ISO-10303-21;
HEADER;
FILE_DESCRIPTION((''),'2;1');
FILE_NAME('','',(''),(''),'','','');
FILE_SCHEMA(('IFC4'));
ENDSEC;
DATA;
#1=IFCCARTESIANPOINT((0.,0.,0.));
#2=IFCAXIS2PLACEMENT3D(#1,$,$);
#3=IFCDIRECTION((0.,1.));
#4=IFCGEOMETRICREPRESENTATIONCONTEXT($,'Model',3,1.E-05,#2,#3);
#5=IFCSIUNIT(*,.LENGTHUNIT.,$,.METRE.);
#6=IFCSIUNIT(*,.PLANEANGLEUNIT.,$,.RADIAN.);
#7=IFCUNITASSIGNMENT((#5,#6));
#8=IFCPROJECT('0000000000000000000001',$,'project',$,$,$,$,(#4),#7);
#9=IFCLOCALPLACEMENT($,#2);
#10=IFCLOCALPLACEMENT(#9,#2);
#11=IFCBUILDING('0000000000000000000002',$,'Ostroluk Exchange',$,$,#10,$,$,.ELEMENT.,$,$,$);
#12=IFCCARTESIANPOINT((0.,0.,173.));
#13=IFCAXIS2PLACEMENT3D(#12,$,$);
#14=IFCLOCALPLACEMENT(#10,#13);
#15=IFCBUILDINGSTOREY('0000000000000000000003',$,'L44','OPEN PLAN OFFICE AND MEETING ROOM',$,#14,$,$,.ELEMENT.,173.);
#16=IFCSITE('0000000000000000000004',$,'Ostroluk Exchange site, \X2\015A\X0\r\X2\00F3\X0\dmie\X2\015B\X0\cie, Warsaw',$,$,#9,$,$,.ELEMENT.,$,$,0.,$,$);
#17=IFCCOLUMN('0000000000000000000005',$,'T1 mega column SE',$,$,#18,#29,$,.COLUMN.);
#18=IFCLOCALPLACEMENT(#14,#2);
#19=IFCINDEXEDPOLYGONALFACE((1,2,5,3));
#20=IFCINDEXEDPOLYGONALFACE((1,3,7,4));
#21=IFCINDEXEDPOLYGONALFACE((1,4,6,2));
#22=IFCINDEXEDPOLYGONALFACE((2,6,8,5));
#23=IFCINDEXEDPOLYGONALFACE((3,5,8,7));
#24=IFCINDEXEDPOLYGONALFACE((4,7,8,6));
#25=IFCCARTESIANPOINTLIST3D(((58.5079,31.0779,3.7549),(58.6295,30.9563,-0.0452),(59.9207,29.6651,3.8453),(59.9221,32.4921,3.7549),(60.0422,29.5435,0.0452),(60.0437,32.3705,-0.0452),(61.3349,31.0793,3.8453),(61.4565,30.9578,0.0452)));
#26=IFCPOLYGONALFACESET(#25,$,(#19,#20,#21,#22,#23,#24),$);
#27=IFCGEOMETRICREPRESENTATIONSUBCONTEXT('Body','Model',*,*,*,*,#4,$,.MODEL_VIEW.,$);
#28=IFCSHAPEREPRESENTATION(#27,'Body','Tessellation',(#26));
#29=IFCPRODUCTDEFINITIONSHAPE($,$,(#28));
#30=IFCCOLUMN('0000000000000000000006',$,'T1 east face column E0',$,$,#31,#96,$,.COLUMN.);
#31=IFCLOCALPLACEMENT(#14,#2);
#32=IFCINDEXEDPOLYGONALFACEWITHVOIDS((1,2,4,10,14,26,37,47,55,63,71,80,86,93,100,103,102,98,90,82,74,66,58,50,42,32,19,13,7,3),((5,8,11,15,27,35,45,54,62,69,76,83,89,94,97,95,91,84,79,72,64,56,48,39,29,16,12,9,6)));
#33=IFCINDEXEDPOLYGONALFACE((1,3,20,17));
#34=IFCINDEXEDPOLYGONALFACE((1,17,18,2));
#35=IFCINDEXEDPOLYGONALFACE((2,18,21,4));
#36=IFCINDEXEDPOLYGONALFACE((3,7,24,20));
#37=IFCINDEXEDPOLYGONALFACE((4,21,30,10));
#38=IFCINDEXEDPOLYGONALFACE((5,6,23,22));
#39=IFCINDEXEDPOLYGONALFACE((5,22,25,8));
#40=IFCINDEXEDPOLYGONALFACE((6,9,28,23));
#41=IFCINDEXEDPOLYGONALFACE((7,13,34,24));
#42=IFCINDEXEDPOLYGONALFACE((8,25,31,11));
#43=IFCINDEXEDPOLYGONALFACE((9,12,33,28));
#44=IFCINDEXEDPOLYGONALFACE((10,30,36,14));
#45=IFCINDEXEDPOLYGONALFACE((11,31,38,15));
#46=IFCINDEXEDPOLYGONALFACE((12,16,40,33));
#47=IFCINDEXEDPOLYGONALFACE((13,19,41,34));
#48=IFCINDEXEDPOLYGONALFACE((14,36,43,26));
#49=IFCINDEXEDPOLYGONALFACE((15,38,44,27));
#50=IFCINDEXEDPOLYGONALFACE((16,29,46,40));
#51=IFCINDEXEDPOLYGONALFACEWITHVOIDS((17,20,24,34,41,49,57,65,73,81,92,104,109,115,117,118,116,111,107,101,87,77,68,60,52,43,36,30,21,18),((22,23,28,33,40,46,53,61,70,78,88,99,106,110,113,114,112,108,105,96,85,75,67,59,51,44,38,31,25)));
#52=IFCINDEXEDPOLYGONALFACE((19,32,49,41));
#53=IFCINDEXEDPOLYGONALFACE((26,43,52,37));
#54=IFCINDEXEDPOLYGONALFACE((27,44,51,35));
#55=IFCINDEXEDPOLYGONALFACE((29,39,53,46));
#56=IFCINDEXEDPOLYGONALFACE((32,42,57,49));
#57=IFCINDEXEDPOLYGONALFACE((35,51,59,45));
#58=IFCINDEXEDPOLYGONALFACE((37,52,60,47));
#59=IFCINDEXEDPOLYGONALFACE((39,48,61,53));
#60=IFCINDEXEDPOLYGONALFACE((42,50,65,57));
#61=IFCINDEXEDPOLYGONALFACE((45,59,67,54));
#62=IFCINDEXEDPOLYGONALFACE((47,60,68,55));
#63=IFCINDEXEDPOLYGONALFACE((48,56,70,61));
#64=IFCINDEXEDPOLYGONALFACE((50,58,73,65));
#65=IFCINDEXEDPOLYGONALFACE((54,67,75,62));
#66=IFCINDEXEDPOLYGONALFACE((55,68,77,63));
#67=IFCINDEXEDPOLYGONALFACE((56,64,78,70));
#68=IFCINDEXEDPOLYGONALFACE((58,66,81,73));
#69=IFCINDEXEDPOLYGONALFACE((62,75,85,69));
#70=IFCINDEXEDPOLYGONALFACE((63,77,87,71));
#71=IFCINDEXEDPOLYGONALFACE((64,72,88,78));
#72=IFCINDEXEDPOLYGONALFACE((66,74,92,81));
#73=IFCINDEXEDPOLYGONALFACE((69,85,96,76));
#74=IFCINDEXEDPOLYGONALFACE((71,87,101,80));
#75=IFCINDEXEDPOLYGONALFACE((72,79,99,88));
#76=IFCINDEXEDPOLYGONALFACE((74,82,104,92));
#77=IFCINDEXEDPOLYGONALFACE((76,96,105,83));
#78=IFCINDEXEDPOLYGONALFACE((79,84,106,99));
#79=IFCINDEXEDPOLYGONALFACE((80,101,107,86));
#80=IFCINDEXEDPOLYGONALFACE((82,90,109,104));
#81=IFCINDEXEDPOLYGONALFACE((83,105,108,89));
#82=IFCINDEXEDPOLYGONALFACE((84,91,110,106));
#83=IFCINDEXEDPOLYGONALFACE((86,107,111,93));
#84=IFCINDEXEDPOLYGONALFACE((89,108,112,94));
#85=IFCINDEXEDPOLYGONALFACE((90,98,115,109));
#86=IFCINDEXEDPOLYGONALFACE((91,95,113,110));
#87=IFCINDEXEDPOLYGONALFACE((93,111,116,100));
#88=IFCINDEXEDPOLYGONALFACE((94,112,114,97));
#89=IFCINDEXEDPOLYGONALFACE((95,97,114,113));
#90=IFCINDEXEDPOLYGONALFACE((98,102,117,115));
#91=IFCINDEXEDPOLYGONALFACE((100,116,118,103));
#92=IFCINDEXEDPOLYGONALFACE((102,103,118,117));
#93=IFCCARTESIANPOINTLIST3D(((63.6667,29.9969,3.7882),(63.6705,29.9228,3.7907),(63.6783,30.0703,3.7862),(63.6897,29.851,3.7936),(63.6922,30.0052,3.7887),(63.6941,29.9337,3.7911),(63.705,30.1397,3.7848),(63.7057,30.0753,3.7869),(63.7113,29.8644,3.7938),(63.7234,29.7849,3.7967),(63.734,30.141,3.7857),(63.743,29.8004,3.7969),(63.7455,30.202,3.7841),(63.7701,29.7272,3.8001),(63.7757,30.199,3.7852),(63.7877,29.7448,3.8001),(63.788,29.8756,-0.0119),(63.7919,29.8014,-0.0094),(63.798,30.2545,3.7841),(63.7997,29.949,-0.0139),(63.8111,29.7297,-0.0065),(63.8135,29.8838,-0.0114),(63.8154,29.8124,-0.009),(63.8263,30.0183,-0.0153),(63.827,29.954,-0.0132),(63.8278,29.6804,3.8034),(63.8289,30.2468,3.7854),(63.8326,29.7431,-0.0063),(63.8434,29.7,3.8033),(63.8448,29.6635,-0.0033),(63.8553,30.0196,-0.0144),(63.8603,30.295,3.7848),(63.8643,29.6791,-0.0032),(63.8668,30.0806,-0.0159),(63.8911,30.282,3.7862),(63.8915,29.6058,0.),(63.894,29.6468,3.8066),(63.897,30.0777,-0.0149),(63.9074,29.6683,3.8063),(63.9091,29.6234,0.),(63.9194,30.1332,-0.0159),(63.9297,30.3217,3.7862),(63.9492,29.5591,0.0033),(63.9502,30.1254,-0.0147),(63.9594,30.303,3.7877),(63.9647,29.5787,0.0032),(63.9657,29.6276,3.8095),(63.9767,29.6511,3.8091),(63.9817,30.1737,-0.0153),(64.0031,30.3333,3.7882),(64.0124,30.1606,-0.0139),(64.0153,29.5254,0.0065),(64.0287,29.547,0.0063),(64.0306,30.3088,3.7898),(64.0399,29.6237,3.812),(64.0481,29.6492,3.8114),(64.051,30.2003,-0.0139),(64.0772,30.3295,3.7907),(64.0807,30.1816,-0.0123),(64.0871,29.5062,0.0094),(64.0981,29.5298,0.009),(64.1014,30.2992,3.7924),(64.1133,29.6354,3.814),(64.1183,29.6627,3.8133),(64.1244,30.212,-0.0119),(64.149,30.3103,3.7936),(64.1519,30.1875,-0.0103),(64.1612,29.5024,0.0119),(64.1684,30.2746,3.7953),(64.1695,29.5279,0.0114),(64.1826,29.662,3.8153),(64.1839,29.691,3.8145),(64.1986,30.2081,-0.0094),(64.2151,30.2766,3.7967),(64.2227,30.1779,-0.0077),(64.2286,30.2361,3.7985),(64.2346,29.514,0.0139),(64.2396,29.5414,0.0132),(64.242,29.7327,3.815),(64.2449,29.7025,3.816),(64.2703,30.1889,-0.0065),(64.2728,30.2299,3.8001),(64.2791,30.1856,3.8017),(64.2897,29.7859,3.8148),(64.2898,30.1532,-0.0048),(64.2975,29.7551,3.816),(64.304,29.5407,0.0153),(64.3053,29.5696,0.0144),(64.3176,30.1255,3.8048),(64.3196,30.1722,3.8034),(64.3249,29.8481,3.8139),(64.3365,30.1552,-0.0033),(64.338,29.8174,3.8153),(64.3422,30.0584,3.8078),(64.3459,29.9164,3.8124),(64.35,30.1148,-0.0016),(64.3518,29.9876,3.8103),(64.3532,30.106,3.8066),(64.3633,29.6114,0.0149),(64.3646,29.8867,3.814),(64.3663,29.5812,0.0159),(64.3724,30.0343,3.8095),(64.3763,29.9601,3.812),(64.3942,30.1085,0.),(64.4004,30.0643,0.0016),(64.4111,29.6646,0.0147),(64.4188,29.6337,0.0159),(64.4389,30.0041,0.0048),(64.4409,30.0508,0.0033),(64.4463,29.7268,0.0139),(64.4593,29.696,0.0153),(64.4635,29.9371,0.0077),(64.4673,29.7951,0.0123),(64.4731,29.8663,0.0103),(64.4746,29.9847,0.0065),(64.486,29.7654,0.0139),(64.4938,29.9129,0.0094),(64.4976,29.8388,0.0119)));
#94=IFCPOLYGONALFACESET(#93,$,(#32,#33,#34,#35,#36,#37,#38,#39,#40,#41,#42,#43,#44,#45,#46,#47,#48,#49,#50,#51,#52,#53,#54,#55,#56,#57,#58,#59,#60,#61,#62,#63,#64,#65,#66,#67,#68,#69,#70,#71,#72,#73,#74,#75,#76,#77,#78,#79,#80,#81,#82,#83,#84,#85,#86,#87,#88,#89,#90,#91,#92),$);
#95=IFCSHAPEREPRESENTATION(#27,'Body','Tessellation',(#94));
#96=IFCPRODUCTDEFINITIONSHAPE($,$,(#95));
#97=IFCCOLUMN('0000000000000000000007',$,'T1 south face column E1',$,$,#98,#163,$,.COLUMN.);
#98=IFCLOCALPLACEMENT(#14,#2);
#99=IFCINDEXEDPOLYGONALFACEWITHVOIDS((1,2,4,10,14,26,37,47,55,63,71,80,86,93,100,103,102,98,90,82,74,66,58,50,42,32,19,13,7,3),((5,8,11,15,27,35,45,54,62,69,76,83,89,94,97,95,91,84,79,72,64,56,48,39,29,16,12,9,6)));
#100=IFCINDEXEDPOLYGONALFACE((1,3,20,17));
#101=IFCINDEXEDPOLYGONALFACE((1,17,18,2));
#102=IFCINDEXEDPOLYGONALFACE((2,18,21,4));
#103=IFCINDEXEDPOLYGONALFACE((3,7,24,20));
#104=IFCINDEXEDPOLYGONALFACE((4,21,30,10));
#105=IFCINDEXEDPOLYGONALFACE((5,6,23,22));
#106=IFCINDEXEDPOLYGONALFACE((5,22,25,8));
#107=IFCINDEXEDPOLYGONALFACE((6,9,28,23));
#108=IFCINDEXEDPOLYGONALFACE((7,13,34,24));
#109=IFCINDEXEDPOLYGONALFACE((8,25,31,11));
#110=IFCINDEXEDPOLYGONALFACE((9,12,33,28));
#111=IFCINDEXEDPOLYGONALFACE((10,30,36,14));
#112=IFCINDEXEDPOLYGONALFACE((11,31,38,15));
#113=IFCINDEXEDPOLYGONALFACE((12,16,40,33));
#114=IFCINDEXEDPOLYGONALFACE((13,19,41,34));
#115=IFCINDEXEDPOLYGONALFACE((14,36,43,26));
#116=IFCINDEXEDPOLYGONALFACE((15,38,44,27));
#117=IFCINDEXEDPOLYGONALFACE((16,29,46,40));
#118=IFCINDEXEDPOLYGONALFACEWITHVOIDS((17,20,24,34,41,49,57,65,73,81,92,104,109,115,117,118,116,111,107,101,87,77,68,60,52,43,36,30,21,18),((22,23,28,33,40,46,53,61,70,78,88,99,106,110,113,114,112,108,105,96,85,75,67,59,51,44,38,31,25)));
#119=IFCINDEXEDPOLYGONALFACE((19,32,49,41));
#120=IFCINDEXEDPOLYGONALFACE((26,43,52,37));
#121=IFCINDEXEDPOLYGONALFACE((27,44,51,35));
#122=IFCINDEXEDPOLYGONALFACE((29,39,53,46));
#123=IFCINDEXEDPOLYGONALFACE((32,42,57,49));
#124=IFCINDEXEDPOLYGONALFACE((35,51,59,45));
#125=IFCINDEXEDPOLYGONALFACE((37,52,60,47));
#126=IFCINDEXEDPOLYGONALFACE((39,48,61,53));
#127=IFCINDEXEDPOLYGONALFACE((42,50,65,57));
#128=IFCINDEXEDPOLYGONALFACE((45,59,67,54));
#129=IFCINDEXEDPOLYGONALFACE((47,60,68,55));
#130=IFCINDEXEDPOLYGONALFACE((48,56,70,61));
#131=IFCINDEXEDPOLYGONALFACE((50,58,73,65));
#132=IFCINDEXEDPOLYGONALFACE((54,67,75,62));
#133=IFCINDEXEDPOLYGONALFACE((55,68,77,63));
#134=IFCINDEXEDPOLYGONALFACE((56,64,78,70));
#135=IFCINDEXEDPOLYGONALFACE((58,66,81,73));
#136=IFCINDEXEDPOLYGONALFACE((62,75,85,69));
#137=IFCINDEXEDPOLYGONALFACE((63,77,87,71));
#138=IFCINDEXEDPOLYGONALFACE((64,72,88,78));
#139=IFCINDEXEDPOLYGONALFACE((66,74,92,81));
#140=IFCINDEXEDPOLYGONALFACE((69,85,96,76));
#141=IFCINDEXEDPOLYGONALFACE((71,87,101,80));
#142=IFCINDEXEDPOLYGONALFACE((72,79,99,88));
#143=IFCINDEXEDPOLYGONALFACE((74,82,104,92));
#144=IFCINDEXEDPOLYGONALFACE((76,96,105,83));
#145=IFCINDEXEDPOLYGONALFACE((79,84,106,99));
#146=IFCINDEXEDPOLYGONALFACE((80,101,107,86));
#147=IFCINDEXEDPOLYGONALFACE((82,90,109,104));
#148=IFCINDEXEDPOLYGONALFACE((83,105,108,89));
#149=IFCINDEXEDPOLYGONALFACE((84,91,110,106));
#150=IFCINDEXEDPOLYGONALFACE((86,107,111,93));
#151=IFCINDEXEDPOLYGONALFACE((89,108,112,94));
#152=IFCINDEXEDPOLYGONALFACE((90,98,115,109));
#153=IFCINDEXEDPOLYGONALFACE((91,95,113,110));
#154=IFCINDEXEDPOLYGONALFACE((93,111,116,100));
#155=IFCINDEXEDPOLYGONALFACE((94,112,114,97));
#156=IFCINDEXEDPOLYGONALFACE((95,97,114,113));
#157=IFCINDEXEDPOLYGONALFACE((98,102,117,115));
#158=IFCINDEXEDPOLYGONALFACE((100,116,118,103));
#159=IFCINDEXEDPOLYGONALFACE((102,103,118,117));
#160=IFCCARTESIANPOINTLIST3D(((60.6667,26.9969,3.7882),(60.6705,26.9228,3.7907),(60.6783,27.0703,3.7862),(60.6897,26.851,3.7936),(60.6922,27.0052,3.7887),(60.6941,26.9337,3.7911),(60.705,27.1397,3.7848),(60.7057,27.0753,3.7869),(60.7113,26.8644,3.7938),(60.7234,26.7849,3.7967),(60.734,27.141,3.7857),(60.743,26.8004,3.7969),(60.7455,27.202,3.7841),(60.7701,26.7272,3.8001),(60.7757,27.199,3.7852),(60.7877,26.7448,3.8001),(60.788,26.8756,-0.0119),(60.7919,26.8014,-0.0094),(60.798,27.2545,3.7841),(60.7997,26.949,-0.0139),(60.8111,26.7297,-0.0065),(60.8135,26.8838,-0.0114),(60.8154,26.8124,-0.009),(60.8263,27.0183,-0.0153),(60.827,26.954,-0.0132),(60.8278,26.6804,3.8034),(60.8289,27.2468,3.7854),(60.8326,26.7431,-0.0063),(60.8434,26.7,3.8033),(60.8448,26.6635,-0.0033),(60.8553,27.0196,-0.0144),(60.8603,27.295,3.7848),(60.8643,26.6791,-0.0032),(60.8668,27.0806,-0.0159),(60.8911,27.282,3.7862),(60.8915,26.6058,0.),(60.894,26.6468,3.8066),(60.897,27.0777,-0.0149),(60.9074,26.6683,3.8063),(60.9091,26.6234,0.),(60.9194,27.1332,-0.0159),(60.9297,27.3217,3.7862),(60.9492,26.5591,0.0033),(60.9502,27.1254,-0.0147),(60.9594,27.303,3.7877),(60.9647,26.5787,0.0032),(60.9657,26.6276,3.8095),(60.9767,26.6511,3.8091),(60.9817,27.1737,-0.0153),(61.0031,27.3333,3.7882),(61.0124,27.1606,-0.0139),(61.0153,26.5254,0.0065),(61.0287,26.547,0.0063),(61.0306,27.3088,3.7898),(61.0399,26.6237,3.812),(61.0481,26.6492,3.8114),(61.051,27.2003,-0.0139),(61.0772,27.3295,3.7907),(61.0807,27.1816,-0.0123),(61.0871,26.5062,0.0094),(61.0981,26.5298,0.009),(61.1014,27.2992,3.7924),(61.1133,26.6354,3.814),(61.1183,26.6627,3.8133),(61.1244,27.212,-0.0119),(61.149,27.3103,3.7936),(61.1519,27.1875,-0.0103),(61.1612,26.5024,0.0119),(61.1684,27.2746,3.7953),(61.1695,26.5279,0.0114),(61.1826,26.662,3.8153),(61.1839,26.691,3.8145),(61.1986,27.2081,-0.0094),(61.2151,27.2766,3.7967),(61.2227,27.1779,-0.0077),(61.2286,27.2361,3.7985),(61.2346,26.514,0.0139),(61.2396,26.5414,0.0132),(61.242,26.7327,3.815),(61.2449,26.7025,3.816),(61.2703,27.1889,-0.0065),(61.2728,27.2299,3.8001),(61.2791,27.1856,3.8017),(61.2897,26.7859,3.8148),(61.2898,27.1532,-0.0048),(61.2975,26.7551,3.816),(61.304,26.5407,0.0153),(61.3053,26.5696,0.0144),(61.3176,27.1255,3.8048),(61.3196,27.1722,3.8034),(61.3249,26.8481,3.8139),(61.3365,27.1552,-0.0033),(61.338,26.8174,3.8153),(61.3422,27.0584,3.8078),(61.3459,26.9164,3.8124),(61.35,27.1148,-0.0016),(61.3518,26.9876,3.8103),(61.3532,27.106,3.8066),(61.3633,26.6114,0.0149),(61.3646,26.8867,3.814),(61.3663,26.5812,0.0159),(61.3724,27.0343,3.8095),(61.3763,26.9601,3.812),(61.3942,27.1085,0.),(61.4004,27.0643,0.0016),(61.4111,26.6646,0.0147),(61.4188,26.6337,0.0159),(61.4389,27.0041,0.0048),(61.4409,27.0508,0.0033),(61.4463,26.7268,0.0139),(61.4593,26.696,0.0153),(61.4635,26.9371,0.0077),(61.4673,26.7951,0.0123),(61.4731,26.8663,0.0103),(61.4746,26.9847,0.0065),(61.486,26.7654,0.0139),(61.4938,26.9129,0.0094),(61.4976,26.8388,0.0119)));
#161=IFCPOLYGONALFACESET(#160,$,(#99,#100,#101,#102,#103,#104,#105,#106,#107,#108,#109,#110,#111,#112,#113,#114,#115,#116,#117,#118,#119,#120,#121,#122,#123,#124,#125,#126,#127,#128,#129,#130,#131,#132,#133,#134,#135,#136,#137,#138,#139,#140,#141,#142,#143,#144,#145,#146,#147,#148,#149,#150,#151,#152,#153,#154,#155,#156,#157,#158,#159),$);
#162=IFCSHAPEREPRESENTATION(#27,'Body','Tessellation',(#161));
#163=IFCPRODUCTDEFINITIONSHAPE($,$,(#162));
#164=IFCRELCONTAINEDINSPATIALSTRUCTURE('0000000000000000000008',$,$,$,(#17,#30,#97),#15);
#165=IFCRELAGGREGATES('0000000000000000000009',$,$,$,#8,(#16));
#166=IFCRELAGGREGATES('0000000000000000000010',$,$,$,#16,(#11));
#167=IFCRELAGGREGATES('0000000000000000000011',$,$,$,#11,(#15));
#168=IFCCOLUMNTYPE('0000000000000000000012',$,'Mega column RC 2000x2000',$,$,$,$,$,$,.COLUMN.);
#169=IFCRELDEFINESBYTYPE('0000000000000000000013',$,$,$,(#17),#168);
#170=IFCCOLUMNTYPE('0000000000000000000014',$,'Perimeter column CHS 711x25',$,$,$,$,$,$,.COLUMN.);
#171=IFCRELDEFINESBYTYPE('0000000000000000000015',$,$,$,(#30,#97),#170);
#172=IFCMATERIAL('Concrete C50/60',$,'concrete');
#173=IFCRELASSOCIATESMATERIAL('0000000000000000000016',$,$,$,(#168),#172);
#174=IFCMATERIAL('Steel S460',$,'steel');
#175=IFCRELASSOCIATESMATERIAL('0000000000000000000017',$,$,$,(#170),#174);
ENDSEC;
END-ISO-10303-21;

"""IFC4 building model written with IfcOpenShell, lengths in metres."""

from ifc_helpers import new_model, si_unit, direction, frame, origin, origin_2d, place, context, subcontext, project, spatial, rectangle, hollow_circle, extrude, material, material_profile, profile_set, type_object, element, save


model = new_model("IFC4")

# Units and contexts
model_context = context("Model", 3, precision=1e-05, world=origin(), true_north=direction((0.0, 1.0)))
body_context = subcontext(model_context, "Body", "Model", "MODEL_VIEW")
ifc_project = project(units=[si_unit("LENGTHUNIT", "METRE"), si_unit("PLANEANGLEUNIT", "RADIAN")], contexts=[model_context])

# Site, building, storey
site_placement = place(None, origin())
site = spatial("IfcSite", under=ifc_project, at=site_placement, Name="Ostroluk Exchange site, Śródmieście, Warsaw", CompositionType="ELEMENT", RefElevation=0.0)
building_placement = place(site_placement, origin())
building = spatial("IfcBuilding", under=site, at=building_placement, Name="Ostroluk Exchange", CompositionType="ELEMENT")
storey_placement = place(building_placement, frame((0.0, 0.0, 173.0)))
storey = spatial("IfcBuildingStorey", under=building, at=storey_placement, Name="L44", Description="OPEN PLAN OFFICE AND MEETING ROOM", CompositionType="ELEMENT", Elevation=173.0)

# Columns
ifc_material_1 = material(Name="Concrete C50/60", Category="concrete")
ifc_material_profile_1 = material_profile(ifc_material_1, rectangle(XDim=2.0, YDim=2.0, at=origin_2d()), Name="RC 2000x2000")
ifc_profile_set_1 = profile_set([ifc_material_profile_1], Name="Concrete C50/60")
column_type_1 = type_object("IfcColumnType", Name="Mega column RC 2000x2000", PredefinedType="COLUMN", material=ifc_profile_set_1)
column_placement = place(storey_placement, frame((60.043, 30.957, 0.0), z_axis=(-0.031962, 0.031962, 0.998978), x_axis=(-0.707107, -0.707107, 0.0)))
element("IfcColumn", 1, at=column_placement, inside=storey, type_object=column_type_1, Name="T1 mega column SE", PredefinedType="COLUMN", context=body_context, shape_type="SweptSolid", body=[
    extrude(rectangle(XDim=2.0, YDim=2.0, at=origin_2d()), origin(), (0.0, 0.0, 1.0), 3.804),
])
ifc_material_2 = material(Name="Steel S460", Category="steel")
ifc_material_profile_2 = material_profile(ifc_material_2, hollow_circle(Radius=0.3555, WallThickness=0.0249, at=origin_2d()), Name="CHS 711x25")
ifc_profile_set_2 = profile_set([ifc_material_profile_2], Name="Steel S460")
column_type_2 = type_object("IfcColumnType", Name="Perimeter column CHS 711x25", PredefinedType="COLUMN", material=ifc_profile_set_2)
for number, where, z_axis, x_axis, name in (
    (2, (64.1428, 29.8572, 0.0), (-0.031898, 0.031898, 0.998982), (-0.707107, -0.707107, 0.0), "T1 east face column E0"),
    (3, (61.1428, 26.8572, 0.0), (-0.031898, 0.031898, 0.998982), (-0.707107, -0.707107, 0.0), "T1 south face column E1"),
):
    element("IfcColumn", number, at=place(storey_placement, frame(where, z_axis=z_axis, x_axis=x_axis)), inside=storey, type_object=column_type_2, Name=name, PredefinedType="COLUMN", context=body_context, shape_type="SweptSolid", body=[
        extrude(hollow_circle(Radius=0.3555, WallThickness=0.0249, at=origin_2d()), origin(), (0.0, 0.0, 1.0), 3.804),
    ])

save(model, "model.ifc")
